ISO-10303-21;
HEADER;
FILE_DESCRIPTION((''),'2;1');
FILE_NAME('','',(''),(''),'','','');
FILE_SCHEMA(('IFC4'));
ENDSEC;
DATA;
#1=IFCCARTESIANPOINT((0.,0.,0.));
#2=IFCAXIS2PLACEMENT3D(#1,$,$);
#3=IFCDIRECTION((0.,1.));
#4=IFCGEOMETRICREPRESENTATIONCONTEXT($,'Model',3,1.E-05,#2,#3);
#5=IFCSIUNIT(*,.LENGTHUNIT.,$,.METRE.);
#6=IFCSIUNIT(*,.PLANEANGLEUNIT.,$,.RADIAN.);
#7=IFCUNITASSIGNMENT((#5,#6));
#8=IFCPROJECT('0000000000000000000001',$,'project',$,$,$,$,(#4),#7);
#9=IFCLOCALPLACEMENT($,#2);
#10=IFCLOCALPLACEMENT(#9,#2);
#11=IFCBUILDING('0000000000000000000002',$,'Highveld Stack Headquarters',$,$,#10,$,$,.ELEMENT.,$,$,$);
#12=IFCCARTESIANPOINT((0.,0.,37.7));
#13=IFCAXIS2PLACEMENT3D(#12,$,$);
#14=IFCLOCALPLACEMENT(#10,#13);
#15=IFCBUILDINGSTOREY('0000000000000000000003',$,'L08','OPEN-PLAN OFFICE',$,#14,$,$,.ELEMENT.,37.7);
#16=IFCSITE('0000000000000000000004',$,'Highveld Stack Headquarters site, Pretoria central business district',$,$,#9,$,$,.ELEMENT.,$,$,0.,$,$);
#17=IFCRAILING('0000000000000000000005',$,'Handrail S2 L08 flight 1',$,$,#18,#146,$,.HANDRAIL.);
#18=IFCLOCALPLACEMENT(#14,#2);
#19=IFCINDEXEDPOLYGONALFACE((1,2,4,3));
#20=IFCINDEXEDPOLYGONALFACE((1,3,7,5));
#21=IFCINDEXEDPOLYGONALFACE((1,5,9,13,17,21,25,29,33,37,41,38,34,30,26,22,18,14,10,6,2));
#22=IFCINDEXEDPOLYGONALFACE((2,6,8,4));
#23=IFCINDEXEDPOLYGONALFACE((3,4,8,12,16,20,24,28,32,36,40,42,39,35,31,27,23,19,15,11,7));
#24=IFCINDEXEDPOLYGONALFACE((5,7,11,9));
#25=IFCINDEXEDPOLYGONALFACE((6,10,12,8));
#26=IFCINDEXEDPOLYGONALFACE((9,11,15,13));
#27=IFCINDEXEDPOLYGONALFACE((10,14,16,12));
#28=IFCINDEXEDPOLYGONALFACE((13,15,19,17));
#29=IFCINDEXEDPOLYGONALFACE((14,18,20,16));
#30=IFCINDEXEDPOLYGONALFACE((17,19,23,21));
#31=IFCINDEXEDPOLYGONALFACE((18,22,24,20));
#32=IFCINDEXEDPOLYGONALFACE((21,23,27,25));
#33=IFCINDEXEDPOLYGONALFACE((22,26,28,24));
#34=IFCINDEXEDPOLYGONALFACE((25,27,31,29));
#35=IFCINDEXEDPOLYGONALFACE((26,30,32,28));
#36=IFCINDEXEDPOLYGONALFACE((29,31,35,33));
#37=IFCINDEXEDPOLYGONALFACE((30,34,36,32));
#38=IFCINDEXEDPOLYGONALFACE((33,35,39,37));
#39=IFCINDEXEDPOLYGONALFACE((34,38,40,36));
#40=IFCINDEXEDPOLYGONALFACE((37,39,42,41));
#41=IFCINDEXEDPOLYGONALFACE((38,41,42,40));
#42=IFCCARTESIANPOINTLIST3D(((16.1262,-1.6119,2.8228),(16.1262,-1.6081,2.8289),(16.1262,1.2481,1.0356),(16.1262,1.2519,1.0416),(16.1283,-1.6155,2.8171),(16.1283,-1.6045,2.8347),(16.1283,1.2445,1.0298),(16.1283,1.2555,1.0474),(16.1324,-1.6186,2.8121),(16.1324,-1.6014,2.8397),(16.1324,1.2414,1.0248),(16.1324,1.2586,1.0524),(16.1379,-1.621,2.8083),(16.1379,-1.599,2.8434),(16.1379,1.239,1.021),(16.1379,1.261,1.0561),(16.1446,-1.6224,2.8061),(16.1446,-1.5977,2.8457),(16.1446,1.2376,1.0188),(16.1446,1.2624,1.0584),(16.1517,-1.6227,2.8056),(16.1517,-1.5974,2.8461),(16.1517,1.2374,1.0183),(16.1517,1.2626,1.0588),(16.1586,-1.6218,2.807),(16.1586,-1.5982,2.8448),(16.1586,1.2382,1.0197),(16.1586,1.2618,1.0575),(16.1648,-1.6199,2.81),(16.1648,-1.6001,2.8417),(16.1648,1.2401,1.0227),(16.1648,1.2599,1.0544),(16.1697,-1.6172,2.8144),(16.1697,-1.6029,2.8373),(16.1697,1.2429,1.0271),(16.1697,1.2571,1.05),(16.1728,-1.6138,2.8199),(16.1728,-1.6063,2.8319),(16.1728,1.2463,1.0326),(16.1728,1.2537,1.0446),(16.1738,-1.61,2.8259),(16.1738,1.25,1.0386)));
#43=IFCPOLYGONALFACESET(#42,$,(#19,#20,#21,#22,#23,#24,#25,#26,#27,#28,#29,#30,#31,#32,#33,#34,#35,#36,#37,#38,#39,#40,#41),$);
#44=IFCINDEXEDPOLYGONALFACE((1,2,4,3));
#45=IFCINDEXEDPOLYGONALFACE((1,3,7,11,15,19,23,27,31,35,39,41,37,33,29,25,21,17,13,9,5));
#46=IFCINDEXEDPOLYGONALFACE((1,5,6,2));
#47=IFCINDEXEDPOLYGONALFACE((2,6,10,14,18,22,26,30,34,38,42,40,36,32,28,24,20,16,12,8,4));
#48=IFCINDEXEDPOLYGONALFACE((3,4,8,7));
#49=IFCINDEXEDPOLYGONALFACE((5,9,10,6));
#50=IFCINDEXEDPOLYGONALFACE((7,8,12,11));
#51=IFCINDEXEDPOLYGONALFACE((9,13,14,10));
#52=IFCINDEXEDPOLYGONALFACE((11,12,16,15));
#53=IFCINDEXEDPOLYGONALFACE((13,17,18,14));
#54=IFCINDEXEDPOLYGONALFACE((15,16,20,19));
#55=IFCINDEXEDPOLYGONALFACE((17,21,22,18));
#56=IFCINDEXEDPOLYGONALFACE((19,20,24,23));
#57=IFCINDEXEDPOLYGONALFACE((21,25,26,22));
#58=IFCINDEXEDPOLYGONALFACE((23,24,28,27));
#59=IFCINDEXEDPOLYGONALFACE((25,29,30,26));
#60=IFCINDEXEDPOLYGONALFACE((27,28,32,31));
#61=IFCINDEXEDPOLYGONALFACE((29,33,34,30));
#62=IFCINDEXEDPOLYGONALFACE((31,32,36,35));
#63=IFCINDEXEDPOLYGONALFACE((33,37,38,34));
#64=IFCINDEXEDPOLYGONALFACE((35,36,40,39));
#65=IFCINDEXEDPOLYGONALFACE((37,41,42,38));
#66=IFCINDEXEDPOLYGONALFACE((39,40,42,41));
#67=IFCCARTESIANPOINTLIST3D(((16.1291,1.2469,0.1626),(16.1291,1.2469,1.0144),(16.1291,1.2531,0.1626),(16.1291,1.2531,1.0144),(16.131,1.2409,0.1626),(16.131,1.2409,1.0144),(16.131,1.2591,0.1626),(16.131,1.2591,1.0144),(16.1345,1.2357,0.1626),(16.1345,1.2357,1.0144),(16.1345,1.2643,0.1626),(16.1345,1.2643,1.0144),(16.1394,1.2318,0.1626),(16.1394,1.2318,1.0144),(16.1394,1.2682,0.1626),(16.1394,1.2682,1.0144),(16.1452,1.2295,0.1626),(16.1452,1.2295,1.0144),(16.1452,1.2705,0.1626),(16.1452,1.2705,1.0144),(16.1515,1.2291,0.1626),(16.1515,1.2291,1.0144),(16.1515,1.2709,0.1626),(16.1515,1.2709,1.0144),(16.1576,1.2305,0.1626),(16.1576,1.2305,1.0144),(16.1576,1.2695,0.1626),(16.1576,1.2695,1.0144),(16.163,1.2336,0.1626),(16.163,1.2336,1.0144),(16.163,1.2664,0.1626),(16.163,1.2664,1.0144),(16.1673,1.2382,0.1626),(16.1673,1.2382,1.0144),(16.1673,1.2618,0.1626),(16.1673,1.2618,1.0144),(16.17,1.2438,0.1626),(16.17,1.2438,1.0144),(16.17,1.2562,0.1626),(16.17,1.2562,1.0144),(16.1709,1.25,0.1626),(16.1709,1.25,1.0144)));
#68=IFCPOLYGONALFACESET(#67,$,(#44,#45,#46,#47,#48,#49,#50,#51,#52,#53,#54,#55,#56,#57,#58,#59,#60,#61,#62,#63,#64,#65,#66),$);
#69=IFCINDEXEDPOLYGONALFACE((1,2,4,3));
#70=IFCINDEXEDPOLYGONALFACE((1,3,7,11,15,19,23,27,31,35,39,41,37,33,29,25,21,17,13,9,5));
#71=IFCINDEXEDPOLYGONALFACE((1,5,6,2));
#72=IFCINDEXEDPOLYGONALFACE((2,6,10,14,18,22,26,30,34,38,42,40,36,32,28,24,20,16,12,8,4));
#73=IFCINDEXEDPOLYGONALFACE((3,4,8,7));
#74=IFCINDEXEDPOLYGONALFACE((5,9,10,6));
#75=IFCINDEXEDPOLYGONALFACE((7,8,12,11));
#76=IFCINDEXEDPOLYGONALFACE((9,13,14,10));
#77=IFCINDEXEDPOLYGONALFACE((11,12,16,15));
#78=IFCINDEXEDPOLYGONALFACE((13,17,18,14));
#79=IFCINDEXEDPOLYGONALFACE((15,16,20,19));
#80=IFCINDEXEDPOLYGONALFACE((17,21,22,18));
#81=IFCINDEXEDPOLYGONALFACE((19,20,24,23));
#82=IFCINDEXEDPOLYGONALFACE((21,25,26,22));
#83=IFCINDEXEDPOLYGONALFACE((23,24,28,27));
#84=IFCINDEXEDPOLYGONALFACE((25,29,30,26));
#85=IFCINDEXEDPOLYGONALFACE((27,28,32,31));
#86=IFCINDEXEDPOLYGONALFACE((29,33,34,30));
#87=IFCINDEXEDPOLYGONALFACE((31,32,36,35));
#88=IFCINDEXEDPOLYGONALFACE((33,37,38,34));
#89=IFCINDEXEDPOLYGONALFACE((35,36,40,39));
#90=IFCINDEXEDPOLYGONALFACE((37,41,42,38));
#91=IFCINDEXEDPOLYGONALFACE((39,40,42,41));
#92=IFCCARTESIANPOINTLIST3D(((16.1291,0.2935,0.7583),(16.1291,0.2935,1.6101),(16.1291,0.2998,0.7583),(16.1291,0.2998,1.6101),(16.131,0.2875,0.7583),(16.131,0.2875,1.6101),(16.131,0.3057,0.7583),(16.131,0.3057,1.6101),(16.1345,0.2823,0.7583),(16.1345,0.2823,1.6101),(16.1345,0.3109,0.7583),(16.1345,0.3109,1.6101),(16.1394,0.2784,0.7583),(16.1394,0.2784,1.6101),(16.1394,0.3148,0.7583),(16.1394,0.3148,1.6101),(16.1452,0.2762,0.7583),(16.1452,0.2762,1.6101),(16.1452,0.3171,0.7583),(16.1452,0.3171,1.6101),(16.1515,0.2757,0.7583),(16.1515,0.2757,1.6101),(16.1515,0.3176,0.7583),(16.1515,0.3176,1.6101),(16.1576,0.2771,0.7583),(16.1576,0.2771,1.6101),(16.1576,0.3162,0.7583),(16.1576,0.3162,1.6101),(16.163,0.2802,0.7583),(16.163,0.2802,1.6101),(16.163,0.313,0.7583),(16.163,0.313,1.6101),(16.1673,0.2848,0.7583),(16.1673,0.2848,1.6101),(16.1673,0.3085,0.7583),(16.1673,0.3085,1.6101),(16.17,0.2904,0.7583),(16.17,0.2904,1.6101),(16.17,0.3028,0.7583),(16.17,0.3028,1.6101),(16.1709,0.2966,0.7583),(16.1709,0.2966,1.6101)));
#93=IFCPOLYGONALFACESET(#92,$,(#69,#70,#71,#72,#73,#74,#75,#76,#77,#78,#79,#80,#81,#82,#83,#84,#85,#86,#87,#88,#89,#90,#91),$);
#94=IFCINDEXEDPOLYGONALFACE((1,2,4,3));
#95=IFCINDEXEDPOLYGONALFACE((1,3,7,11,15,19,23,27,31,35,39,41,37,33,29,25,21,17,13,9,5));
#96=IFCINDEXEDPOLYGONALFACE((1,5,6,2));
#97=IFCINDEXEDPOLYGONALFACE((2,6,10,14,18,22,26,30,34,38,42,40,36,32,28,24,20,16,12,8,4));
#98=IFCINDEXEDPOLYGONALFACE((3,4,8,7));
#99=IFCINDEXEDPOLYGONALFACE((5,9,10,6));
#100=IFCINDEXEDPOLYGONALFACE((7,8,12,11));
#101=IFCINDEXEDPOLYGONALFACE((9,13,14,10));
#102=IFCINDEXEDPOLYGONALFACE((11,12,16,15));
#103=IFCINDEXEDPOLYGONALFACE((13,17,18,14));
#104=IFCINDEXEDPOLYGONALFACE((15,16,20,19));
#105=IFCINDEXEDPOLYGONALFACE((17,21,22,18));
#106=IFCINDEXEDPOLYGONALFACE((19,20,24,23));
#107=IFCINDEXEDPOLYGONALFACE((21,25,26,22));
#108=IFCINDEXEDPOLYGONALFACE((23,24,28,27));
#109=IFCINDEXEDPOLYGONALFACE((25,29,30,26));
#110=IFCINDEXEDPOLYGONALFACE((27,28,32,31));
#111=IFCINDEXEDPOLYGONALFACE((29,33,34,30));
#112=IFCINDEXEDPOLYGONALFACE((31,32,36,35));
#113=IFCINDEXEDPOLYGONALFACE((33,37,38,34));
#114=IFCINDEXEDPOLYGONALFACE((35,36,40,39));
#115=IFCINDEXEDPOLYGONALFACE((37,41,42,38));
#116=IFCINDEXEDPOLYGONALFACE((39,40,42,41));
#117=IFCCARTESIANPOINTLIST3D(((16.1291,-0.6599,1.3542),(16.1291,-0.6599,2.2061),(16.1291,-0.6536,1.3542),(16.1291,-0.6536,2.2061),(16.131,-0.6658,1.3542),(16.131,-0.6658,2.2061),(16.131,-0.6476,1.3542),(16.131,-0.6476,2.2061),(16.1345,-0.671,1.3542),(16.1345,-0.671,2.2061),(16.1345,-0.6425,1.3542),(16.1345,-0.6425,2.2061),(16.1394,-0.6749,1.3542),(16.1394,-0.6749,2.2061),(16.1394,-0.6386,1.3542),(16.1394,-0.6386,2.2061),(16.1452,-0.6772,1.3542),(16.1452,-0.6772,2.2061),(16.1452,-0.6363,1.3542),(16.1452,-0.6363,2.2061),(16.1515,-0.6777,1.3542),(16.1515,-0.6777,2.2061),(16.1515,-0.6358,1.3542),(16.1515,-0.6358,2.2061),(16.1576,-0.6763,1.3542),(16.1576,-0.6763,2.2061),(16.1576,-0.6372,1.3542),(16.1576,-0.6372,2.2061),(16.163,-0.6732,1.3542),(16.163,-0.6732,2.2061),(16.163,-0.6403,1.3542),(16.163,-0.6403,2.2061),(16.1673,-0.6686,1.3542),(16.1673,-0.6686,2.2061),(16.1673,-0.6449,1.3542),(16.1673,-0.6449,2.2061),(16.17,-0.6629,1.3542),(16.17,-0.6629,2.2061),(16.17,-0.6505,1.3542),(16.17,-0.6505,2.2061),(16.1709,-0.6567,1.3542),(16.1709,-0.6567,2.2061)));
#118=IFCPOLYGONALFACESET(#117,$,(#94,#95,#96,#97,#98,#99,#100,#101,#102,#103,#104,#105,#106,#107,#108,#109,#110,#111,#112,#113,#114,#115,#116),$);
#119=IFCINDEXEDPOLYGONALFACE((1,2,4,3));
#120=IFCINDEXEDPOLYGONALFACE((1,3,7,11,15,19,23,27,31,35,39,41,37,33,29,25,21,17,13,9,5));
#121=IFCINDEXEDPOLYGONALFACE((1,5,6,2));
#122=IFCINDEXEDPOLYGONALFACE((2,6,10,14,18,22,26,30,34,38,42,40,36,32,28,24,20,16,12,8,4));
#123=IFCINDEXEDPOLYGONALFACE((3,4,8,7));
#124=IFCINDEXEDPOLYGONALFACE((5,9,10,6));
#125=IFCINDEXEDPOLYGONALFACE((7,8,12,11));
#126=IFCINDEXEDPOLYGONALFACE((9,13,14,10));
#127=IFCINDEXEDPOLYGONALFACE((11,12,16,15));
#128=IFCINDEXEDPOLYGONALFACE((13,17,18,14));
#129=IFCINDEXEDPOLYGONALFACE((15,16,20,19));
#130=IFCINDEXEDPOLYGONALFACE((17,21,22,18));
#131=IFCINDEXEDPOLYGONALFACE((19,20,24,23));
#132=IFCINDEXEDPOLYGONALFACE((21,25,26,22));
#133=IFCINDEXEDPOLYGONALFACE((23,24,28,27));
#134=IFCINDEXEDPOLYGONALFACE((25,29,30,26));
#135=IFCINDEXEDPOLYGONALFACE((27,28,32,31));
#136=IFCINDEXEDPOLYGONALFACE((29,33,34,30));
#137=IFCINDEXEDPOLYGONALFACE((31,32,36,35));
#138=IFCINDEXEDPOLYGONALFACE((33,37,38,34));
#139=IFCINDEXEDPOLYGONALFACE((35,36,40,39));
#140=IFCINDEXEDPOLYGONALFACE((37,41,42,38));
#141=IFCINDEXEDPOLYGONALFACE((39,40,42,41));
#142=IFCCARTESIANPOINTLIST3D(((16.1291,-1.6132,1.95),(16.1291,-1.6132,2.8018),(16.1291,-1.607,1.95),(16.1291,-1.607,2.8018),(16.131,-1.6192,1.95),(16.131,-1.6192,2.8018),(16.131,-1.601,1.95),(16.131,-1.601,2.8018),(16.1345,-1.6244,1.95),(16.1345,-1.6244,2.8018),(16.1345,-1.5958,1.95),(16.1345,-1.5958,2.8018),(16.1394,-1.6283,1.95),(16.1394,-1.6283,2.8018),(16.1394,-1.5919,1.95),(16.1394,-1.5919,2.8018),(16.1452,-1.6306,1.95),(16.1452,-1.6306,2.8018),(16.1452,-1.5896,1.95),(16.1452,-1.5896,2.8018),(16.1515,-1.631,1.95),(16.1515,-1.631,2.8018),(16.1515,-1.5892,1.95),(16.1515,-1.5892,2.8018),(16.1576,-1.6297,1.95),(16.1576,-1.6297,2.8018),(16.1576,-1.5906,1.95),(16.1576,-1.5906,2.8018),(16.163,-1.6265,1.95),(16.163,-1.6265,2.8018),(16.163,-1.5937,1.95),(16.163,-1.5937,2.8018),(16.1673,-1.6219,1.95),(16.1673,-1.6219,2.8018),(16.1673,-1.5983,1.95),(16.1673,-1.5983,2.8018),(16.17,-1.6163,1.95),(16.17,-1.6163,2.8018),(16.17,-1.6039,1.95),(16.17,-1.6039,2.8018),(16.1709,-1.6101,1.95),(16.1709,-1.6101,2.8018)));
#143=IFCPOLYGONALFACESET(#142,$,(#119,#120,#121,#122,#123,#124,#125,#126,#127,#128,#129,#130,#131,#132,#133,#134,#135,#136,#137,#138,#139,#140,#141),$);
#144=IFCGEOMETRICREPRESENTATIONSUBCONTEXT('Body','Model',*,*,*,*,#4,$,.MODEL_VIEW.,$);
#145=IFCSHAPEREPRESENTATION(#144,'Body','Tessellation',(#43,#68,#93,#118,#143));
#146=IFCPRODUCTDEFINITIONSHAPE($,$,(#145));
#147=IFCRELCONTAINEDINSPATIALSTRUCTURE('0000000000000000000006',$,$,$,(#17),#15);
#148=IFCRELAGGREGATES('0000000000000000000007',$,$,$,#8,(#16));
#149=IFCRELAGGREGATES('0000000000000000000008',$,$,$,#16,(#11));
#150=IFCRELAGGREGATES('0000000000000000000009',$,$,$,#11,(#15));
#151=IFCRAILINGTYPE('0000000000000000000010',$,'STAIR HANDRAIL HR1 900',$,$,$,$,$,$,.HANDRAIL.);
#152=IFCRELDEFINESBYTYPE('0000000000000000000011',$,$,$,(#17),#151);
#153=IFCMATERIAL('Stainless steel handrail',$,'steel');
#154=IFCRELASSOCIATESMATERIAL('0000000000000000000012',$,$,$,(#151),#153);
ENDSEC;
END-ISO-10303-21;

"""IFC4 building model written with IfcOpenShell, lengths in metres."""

from ifc_helpers import new_model, si_unit, direction, frame, origin, origin_2d, place, context, subcontext, project, spatial, circle, extrude, material, type_object, element, save


model = new_model("IFC4")

# Units and contexts
model_context = context("Model", 3, precision=1e-05, world=origin(), true_north=direction((0.0, 1.0)))
body_context = subcontext(model_context, "Body", "Model", "MODEL_VIEW")
ifc_project = project(units=[si_unit("LENGTHUNIT", "METRE"), si_unit("PLANEANGLEUNIT", "RADIAN")], contexts=[model_context])

# Site, building, storey
site_placement = place(None, origin())
site = spatial("IfcSite", under=ifc_project, at=site_placement, Name="Highveld Stack Headquarters site, Pretoria central business district", CompositionType="ELEMENT", RefElevation=0.0)
building_placement = place(site_placement, origin())
building = spatial("IfcBuilding", under=site, at=building_placement, Name="Highveld Stack Headquarters", CompositionType="ELEMENT")
storey_placement = place(building_placement, frame((0.0, 0.0, 37.7)))
storey = spatial("IfcBuildingStorey", under=building, at=storey_placement, Name="L08", Description="OPEN-PLAN OFFICE", CompositionType="ELEMENT", Elevation=37.7)

# Railing
ifc_material_1 = material(Name="Stainless steel handrail", Category="steel")
railing_type = type_object("IfcRailingType", Name="STAIR HANDRAIL HR1 900", PredefinedType="HANDRAIL", material=ifc_material_1)
for number, where, name in (
    (1, (16.1499, 1.25, 0.1626), "Handrail S2 L08 flight 1"),
):
    element("IfcRailing", number, at=place(storey_placement, frame(where)), inside=storey, type_object=railing_type, Name=name, PredefinedType="HANDRAIL", context=body_context, shape_type="SweptSolid", body=[
        extrude(circle(Radius=0.0239, at=origin_2d()), frame((0.0, 0.0, 0.876), z_axis=(0.0, -0.848027, 0.529953), x_axis=(1.0, 0.0, 0.0)), (0.0, 0.0, 1.0), 3.3726),
        extrude(circle(Radius=0.021, at=origin_2d()), origin(), (0.0, 0.0, 1.0), 0.8518),
        extrude(circle(Radius=0.021, at=origin_2d()), frame((0.0, -0.9534, 0.5957)), (0.0, 0.0, 1.0), 0.8518),
        extrude(circle(Radius=0.021, at=origin_2d()), frame((0.0, -1.9067, 1.1917)), (0.0, 0.0, 1.0), 0.8518),
        extrude(circle(Radius=0.021, at=origin_2d()), frame((0.0, -2.8601, 1.7874)), (0.0, 0.0, 1.0), 0.8518),
    ])

save(model, "model.ifc")
